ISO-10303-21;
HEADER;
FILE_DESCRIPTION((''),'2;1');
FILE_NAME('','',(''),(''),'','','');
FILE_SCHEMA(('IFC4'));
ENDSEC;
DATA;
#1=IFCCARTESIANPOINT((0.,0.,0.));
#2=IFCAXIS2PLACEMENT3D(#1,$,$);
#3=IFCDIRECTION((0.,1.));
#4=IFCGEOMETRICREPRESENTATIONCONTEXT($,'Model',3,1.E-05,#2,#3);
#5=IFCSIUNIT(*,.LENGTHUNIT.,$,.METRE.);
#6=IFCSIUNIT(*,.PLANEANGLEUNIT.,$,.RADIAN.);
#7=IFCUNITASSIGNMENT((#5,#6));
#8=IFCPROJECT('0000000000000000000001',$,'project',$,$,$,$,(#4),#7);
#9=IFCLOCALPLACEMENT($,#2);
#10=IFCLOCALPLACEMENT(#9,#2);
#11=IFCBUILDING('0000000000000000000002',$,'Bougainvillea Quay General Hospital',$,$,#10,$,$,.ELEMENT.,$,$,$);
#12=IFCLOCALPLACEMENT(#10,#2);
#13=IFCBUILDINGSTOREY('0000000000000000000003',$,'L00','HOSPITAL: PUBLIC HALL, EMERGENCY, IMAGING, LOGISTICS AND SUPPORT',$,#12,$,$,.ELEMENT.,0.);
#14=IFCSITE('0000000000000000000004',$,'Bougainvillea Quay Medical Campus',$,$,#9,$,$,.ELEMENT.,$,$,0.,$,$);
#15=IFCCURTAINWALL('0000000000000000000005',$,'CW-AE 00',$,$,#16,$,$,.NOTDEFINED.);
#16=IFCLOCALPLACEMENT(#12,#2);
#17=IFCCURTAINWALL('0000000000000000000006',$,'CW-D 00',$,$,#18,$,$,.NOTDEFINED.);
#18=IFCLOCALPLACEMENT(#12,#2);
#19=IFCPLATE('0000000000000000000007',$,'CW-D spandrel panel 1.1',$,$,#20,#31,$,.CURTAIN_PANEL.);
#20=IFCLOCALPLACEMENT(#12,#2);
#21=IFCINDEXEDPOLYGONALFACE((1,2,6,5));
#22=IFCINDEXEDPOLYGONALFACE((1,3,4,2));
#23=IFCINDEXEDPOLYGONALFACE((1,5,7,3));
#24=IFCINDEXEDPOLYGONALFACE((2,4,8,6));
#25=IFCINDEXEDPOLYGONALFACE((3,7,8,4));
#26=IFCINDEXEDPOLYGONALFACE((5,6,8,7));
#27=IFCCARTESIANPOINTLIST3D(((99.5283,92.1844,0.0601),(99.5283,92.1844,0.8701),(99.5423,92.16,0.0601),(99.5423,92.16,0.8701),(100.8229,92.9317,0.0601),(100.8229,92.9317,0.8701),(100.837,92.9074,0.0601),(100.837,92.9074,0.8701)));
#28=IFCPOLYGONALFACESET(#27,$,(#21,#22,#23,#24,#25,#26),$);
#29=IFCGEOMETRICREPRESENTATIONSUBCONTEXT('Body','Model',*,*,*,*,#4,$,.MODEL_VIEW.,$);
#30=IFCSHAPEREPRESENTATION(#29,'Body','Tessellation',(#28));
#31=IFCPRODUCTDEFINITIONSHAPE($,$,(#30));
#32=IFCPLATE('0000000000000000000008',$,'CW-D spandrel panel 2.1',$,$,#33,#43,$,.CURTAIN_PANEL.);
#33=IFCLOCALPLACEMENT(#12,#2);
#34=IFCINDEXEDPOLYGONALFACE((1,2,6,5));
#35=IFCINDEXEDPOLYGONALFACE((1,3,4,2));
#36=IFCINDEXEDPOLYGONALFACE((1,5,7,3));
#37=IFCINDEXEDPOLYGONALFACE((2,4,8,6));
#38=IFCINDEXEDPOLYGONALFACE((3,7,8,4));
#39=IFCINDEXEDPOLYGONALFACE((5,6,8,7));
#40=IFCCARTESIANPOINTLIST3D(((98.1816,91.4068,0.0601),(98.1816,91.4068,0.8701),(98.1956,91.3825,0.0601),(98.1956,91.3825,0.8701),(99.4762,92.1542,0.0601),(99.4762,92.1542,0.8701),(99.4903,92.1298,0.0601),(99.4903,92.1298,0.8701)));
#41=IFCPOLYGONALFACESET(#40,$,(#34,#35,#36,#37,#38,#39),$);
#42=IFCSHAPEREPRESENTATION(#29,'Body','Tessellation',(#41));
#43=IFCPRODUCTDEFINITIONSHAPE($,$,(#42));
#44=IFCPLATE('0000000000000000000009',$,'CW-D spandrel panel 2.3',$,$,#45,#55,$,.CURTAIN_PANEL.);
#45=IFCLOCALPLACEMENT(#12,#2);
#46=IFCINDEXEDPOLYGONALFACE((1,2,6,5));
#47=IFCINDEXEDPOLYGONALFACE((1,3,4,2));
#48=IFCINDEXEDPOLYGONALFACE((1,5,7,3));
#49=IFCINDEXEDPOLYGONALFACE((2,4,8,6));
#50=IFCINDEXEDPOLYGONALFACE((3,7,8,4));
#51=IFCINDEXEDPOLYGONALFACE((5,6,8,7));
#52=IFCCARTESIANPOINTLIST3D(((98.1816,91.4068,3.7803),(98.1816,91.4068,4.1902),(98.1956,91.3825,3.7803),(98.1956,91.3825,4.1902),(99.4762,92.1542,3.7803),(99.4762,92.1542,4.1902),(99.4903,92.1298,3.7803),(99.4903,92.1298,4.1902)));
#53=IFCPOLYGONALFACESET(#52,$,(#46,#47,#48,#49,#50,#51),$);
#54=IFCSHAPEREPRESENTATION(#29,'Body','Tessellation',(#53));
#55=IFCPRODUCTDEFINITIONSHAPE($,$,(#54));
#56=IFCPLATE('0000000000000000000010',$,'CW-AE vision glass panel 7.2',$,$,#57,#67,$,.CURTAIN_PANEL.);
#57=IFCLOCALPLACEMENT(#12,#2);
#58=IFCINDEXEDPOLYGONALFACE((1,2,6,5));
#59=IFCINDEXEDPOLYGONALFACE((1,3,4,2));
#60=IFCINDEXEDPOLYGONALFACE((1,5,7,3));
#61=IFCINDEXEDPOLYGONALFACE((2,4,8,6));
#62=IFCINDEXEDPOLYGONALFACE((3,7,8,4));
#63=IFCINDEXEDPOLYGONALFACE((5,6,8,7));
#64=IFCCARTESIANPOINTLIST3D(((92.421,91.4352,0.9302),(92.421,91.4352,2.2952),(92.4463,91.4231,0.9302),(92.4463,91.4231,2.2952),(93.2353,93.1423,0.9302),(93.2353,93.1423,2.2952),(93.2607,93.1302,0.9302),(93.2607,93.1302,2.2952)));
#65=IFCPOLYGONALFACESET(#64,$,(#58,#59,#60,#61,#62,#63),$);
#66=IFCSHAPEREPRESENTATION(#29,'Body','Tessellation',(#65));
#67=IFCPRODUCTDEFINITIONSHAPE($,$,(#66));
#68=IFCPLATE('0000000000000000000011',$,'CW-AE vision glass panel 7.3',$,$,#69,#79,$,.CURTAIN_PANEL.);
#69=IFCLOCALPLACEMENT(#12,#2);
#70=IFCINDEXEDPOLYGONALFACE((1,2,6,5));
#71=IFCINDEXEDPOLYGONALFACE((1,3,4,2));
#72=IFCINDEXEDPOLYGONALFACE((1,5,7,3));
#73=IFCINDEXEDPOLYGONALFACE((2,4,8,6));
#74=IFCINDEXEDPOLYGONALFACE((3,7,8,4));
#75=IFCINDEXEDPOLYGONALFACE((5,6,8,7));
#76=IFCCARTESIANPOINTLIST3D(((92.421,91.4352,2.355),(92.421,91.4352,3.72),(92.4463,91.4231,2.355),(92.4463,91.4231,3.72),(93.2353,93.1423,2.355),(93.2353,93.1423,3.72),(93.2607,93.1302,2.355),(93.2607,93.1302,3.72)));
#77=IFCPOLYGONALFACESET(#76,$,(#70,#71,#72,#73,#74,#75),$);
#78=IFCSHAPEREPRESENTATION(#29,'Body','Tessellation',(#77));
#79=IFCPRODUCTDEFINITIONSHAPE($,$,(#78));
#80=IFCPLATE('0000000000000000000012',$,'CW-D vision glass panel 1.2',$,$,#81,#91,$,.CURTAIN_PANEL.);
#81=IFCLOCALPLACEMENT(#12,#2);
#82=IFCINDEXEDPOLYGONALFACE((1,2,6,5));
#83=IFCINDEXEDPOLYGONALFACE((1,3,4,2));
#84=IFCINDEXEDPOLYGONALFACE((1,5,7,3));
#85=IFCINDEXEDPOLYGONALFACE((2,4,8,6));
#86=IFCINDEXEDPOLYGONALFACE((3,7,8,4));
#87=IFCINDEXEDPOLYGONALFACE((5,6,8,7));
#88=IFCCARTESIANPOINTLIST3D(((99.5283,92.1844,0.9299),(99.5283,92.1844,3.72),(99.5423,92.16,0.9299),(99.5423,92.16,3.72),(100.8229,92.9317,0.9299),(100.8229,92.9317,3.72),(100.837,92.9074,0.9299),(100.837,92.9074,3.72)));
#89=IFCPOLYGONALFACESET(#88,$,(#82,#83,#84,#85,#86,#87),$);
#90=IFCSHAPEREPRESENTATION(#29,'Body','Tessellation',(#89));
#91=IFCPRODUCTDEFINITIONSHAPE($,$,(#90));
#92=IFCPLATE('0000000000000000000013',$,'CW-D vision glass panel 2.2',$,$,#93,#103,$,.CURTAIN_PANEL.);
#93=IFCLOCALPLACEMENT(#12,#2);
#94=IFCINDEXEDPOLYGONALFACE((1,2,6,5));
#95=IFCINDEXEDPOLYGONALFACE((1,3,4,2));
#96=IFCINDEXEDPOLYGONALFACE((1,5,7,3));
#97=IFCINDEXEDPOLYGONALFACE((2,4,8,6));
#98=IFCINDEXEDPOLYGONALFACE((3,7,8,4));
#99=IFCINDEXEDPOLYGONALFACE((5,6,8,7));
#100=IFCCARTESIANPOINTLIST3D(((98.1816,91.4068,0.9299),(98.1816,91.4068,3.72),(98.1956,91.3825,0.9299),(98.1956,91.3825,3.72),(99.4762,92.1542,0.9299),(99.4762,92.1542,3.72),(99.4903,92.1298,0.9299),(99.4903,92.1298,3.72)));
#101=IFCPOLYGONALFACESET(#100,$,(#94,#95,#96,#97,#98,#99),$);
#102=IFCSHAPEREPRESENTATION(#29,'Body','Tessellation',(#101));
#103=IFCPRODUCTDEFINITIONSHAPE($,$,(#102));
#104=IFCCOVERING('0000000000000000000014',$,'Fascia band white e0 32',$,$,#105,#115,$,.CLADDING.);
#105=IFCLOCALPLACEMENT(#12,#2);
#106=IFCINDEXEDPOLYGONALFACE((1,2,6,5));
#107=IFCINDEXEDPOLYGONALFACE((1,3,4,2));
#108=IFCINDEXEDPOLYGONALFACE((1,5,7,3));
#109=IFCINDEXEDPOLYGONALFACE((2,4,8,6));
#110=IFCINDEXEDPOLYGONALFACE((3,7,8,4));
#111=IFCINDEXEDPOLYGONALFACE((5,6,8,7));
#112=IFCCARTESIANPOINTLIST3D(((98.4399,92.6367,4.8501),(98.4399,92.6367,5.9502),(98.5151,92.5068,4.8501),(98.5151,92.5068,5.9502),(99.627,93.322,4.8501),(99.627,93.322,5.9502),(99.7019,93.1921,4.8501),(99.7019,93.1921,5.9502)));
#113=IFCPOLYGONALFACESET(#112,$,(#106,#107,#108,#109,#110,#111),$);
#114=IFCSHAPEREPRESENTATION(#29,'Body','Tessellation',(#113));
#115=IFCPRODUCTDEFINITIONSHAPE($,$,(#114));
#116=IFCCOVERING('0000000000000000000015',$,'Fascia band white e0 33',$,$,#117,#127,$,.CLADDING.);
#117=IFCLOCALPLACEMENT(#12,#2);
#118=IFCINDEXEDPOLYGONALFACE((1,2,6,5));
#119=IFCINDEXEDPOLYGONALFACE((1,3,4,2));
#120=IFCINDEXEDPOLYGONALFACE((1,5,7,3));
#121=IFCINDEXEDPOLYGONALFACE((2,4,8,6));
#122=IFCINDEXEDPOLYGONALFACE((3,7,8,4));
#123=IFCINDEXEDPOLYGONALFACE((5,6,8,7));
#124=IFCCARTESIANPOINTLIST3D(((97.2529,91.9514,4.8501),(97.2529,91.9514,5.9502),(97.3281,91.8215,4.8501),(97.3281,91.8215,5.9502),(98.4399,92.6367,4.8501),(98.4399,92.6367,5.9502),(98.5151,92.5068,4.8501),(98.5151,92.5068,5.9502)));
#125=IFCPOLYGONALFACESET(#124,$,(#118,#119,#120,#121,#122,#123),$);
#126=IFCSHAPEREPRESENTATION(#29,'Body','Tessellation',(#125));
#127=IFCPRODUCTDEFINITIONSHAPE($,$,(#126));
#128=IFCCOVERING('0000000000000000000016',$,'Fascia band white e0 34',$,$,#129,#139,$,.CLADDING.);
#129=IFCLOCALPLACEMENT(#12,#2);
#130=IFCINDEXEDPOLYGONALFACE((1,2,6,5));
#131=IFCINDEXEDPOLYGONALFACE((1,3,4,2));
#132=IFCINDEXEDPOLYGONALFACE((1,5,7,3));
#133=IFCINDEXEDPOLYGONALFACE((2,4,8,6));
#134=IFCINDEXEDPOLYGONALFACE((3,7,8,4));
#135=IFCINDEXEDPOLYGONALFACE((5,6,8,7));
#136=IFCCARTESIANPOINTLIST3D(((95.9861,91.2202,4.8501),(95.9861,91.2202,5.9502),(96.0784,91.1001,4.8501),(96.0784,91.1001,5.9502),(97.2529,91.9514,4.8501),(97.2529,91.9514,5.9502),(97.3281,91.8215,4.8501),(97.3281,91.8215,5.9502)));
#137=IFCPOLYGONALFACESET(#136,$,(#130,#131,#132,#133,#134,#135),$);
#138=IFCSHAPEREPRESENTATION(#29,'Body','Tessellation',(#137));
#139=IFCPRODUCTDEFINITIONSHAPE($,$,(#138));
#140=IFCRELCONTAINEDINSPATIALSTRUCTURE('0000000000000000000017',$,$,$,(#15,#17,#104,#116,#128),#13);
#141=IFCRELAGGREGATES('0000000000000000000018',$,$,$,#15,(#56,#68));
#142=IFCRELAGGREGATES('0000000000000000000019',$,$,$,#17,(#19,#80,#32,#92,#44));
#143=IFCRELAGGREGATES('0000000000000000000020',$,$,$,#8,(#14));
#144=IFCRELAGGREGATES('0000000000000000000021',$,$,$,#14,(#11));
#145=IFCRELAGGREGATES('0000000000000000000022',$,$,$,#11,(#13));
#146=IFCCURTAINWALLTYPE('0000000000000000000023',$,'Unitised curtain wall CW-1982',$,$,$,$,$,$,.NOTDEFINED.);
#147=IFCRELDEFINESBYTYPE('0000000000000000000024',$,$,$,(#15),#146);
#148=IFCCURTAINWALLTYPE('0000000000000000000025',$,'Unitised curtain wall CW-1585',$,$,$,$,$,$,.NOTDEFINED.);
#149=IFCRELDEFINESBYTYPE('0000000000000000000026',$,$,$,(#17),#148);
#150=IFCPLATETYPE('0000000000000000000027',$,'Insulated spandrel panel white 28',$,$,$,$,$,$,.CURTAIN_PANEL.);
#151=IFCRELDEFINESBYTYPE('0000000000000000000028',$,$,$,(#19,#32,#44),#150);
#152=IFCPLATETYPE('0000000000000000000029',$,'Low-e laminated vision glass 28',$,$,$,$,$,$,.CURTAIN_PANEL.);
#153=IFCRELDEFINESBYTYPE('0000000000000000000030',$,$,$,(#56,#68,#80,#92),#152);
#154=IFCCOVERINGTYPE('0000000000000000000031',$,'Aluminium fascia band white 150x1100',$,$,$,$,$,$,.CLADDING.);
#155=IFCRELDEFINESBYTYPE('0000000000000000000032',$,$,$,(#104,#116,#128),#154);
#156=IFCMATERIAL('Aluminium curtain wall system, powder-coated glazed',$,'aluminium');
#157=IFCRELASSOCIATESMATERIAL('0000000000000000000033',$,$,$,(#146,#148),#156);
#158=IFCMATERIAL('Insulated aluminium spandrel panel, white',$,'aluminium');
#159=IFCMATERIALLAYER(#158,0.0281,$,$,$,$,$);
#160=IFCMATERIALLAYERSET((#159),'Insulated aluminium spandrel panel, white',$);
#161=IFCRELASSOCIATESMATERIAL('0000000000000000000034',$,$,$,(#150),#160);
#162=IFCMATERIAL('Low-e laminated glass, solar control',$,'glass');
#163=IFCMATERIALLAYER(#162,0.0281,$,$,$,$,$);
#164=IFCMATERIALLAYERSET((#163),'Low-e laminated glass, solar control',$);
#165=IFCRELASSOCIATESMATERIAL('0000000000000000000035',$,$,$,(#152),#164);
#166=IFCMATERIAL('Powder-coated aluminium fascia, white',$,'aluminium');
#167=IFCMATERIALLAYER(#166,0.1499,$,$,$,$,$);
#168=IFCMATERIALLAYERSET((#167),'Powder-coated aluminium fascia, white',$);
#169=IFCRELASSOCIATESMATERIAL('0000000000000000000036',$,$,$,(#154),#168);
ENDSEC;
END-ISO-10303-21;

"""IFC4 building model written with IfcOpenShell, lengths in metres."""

from ifc_helpers import new_model, si_unit, direction, frame, origin, origin_2d, place, context, subcontext, project, spatial, polyline, rectangle, outline, extrude, material, layer, layer_set, type_object, element, aggregate, save


model = new_model("IFC4")

# Units and contexts
model_context = context("Model", 3, precision=1e-05, world=origin(), true_north=direction((0.0, 1.0)))
body_context = subcontext(model_context, "Body", "Model", "MODEL_VIEW")
ifc_project = project(units=[si_unit("LENGTHUNIT", "METRE"), si_unit("PLANEANGLEUNIT", "RADIAN")], contexts=[model_context])

# Site, building, storey
site_placement = place(None, origin())
site = spatial("IfcSite", under=ifc_project, at=site_placement, Name="Bougainvillea Quay Medical Campus", CompositionType="ELEMENT", RefElevation=0.0)
building_placement = place(site_placement, origin())
building = spatial("IfcBuilding", under=site, at=building_placement, Name="Bougainvillea Quay General Hospital", CompositionType="ELEMENT")
storey_placement = place(building_placement, origin())
storey = spatial("IfcBuildingStorey", under=building, at=storey_placement, Name="L00", Description="HOSPITAL: PUBLIC HALL, EMERGENCY, IMAGING, LOGISTICS AND SUPPORT", CompositionType="ELEMENT", Elevation=0.0)

# Curtain wall
ifc_material_1 = material(Name="Aluminium curtain wall system, powder-coated glazed", Category="aluminium")
curtain_wall_type_1 = type_object("IfcCurtainWallType", Name="Unitised curtain wall CW-1982", PredefinedType="NOTDEFINED", material=ifc_material_1)
curtain_wall_1_placement = place(storey_placement, origin())
curtain_wall_1 = element("IfcCurtainWall", 1, at=curtain_wall_1_placement, inside=storey, type_object=curtain_wall_type_1, Name="CW-AE 00", PredefinedType="NOTDEFINED")

# Curtain wall
curtain_wall_type_2 = type_object("IfcCurtainWallType", Name="Unitised curtain wall CW-1585", PredefinedType="NOTDEFINED", material=ifc_material_1)
curtain_wall_2_placement = place(storey_placement, origin())
curtain_wall_2 = element("IfcCurtainWall", 2, at=curtain_wall_2_placement, inside=storey, type_object=curtain_wall_type_2, Name="CW-D 00", PredefinedType="NOTDEFINED")

# Plates
ifc_material_2 = material(Name="Insulated aluminium spandrel panel, white", Category="aluminium")
ifc_layer_1 = layer(ifc_material_2, 0.0281)
ifc_layer_set_1 = layer_set([ifc_layer_1], Name="Insulated aluminium spandrel panel, white")
plate_type_1 = type_object("IfcPlateType", Name="Insulated spandrel panel white 28", PredefinedType="CURTAIN_PANEL", material=ifc_layer_set_1)
plate_1_placement = place(storey_placement, frame((100.1826, 92.5459, 0.0601), z_axis=(0.0, 0.0, 1.0), x_axis=(-0.866046, -0.499965, 0.0)))
plate_1 = element("IfcPlate", 3, at=plate_1_placement, type_object=plate_type_1, Name="CW-D spandrel panel 1.1", PredefinedType="CURTAIN_PANEL", context=body_context, shape_type="SweptSolid", body=[
    extrude(rectangle(XDim=1.4949, YDim=0.0281, at=origin_2d()), origin(), (0.0, 0.0, 1.0), 0.8101),
])
plate_2_placement = place(storey_placement, frame((98.8359, 91.7683, 0.0601), z_axis=(0.0, 0.0, 1.0), x_axis=(-0.866046, -0.499965, 0.0)))
plate_2 = element("IfcPlate", 4, at=plate_2_placement, type_object=plate_type_1, Name="CW-D spandrel panel 2.1", PredefinedType="CURTAIN_PANEL", context=body_context, shape_type="SweptSolid", body=[
    extrude(rectangle(XDim=1.4949, YDim=0.0281, at=origin_2d()), origin(), (0.0, 0.0, 1.0), 0.8101),
])
plate_3_placement = place(storey_placement, frame((98.8359, 91.7683, 3.7803), z_axis=(0.0, 0.0, 1.0), x_axis=(-0.866046, -0.499965, 0.0)))
plate_3 = element("IfcPlate", 5, at=plate_3_placement, type_object=plate_type_1, Name="CW-D spandrel panel 2.3", PredefinedType="CURTAIN_PANEL", context=body_context, shape_type="SweptSolid", body=[
    extrude(rectangle(XDim=1.4949, YDim=0.0281, at=origin_2d()), origin(), (0.0, 0.0, 1.0), 0.4099),
])
ifc_material_3 = material(Name="Low-e laminated glass, solar control", Category="glass")
ifc_layer_2 = layer(ifc_material_3, 0.0281)
ifc_layer_set_2 = layer_set([ifc_layer_2], Name="Low-e laminated glass, solar control")
plate_type_2 = type_object("IfcPlateType", Name="Low-e laminated vision glass 28", PredefinedType="CURTAIN_PANEL", material=ifc_layer_set_2)
plate_4_placement = place(storey_placement, frame((92.8408, 92.2827, 0.9302), z_axis=(0.0, 0.0, 1.0), x_axis=(0.430563, 0.902561, 0.0)))
plate_4 = element("IfcPlate", 6, at=plate_4_placement, type_object=plate_type_2, Name="CW-AE vision glass panel 7.2", PredefinedType="CURTAIN_PANEL", context=body_context, shape_type="SweptSolid", body=[
    extrude(rectangle(XDim=1.8914, YDim=0.0281, at=origin_2d()), origin(), (0.0, 0.0, 1.0), 1.365),
])
plate_5_placement = place(storey_placement, frame((92.8408, 92.2827, 2.355), z_axis=(0.0, 0.0, 1.0), x_axis=(0.430563, 0.902561, 0.0)))
plate_5 = element("IfcPlate", 7, at=plate_5_placement, type_object=plate_type_2, Name="CW-AE vision glass panel 7.3", PredefinedType="CURTAIN_PANEL", context=body_context, shape_type="SweptSolid", body=[
    extrude(rectangle(XDim=1.8914, YDim=0.0281, at=origin_2d()), origin(), (0.0, 0.0, 1.0), 1.365),
])
aggregate(curtain_wall_1, [plate_4, plate_5])
plate_6_placement = place(storey_placement, frame((100.1826, 92.5459, 0.9299), z_axis=(0.0, 0.0, 1.0), x_axis=(-0.866046, -0.499965, 0.0)))
plate_6 = element("IfcPlate", 8, at=plate_6_placement, type_object=plate_type_2, Name="CW-D vision glass panel 1.2", PredefinedType="CURTAIN_PANEL", context=body_context, shape_type="SweptSolid", body=[
    extrude(rectangle(XDim=1.4949, YDim=0.0281, at=origin_2d()), origin(), (0.0, 0.0, 1.0), 2.79),
])
plate_7_placement = place(storey_placement, frame((98.8359, 91.7683, 0.9299), z_axis=(0.0, 0.0, 1.0), x_axis=(-0.866046, -0.499965, 0.0)))
plate_7 = element("IfcPlate", 9, at=plate_7_placement, type_object=plate_type_2, Name="CW-D vision glass panel 2.2", PredefinedType="CURTAIN_PANEL", context=body_context, shape_type="SweptSolid", body=[
    extrude(rectangle(XDim=1.4949, YDim=0.0281, at=origin_2d()), origin(), (0.0, 0.0, 1.0), 2.79),
])
aggregate(curtain_wall_2, [plate_1, plate_6, plate_2, plate_7, plate_3])

# Coverings
ifc_material_4 = material(Name="Powder-coated aluminium fascia, white", Category="aluminium")
ifc_layer_3 = layer(ifc_material_4, 0.1499)
ifc_layer_set_3 = layer_set([ifc_layer_3], Name="Powder-coated aluminium fascia, white")
covering_type = type_object("IfcCoveringType", Name="Aluminium fascia band white 150x1100", PredefinedType="CLADDING", material=ifc_layer_set_3)
covering_1_placement = place(storey_placement, frame((99.7019, 93.1921, 4.8501), z_axis=(0.0, 0.0, 1.0), x_axis=(-0.865987, -0.500067, 0.0)))
element("IfcCovering", 10, at=covering_1_placement, inside=storey, type_object=covering_type, Name="Fascia band white e0 32", PredefinedType="CLADDING", context=body_context, shape_type="SweptSolid", body=[
    extrude(outline(polyline([(0.0, 0.0), (1.3704, 0.0), (1.3706, -0.1501), (0.0, -0.15), (0.0, 0.0)])), origin(), (0.0, 0.0, 1.0), 1.1001),
])
covering_2_placement = place(storey_placement, frame((98.5151, 92.5068, 4.8501), z_axis=(0.0, 0.0, 1.0), x_axis=(-0.866031, -0.49999, 0.0)))
element("IfcCovering", 11, at=covering_2_placement, inside=storey, type_object=covering_type, Name="Fascia band white e0 33", PredefinedType="CLADDING", context=body_context, shape_type="SweptSolid", body=[
    extrude(outline(polyline([(0.0, 0.0), (1.3706, 0.0), (1.3708, -0.1501), (0.0002, -0.1501), (0.0, 0.0)])), origin(), (0.0, 0.0, 1.0), 1.1001),
])
covering_3_placement = place(storey_placement, frame((97.3281, 91.8215, 4.8501), z_axis=(0.0, 0.0, 1.0), x_axis=(-0.866059, -0.499942, 0.0)))
element("IfcCovering", 12, at=covering_3_placement, inside=storey, type_object=covering_type, Name="Fascia band white e0 34", PredefinedType="CLADDING", context=body_context, shape_type="SweptSolid", body=[
    extrude(outline(polyline([(0.0, 0.0), (1.443, 0.0), (1.4629, -0.1502), (0.0002, -0.1501), (0.0, 0.0)])), origin(), (0.0, 0.0, 1.0), 1.1001),
])

save(model, "model.ifc")
